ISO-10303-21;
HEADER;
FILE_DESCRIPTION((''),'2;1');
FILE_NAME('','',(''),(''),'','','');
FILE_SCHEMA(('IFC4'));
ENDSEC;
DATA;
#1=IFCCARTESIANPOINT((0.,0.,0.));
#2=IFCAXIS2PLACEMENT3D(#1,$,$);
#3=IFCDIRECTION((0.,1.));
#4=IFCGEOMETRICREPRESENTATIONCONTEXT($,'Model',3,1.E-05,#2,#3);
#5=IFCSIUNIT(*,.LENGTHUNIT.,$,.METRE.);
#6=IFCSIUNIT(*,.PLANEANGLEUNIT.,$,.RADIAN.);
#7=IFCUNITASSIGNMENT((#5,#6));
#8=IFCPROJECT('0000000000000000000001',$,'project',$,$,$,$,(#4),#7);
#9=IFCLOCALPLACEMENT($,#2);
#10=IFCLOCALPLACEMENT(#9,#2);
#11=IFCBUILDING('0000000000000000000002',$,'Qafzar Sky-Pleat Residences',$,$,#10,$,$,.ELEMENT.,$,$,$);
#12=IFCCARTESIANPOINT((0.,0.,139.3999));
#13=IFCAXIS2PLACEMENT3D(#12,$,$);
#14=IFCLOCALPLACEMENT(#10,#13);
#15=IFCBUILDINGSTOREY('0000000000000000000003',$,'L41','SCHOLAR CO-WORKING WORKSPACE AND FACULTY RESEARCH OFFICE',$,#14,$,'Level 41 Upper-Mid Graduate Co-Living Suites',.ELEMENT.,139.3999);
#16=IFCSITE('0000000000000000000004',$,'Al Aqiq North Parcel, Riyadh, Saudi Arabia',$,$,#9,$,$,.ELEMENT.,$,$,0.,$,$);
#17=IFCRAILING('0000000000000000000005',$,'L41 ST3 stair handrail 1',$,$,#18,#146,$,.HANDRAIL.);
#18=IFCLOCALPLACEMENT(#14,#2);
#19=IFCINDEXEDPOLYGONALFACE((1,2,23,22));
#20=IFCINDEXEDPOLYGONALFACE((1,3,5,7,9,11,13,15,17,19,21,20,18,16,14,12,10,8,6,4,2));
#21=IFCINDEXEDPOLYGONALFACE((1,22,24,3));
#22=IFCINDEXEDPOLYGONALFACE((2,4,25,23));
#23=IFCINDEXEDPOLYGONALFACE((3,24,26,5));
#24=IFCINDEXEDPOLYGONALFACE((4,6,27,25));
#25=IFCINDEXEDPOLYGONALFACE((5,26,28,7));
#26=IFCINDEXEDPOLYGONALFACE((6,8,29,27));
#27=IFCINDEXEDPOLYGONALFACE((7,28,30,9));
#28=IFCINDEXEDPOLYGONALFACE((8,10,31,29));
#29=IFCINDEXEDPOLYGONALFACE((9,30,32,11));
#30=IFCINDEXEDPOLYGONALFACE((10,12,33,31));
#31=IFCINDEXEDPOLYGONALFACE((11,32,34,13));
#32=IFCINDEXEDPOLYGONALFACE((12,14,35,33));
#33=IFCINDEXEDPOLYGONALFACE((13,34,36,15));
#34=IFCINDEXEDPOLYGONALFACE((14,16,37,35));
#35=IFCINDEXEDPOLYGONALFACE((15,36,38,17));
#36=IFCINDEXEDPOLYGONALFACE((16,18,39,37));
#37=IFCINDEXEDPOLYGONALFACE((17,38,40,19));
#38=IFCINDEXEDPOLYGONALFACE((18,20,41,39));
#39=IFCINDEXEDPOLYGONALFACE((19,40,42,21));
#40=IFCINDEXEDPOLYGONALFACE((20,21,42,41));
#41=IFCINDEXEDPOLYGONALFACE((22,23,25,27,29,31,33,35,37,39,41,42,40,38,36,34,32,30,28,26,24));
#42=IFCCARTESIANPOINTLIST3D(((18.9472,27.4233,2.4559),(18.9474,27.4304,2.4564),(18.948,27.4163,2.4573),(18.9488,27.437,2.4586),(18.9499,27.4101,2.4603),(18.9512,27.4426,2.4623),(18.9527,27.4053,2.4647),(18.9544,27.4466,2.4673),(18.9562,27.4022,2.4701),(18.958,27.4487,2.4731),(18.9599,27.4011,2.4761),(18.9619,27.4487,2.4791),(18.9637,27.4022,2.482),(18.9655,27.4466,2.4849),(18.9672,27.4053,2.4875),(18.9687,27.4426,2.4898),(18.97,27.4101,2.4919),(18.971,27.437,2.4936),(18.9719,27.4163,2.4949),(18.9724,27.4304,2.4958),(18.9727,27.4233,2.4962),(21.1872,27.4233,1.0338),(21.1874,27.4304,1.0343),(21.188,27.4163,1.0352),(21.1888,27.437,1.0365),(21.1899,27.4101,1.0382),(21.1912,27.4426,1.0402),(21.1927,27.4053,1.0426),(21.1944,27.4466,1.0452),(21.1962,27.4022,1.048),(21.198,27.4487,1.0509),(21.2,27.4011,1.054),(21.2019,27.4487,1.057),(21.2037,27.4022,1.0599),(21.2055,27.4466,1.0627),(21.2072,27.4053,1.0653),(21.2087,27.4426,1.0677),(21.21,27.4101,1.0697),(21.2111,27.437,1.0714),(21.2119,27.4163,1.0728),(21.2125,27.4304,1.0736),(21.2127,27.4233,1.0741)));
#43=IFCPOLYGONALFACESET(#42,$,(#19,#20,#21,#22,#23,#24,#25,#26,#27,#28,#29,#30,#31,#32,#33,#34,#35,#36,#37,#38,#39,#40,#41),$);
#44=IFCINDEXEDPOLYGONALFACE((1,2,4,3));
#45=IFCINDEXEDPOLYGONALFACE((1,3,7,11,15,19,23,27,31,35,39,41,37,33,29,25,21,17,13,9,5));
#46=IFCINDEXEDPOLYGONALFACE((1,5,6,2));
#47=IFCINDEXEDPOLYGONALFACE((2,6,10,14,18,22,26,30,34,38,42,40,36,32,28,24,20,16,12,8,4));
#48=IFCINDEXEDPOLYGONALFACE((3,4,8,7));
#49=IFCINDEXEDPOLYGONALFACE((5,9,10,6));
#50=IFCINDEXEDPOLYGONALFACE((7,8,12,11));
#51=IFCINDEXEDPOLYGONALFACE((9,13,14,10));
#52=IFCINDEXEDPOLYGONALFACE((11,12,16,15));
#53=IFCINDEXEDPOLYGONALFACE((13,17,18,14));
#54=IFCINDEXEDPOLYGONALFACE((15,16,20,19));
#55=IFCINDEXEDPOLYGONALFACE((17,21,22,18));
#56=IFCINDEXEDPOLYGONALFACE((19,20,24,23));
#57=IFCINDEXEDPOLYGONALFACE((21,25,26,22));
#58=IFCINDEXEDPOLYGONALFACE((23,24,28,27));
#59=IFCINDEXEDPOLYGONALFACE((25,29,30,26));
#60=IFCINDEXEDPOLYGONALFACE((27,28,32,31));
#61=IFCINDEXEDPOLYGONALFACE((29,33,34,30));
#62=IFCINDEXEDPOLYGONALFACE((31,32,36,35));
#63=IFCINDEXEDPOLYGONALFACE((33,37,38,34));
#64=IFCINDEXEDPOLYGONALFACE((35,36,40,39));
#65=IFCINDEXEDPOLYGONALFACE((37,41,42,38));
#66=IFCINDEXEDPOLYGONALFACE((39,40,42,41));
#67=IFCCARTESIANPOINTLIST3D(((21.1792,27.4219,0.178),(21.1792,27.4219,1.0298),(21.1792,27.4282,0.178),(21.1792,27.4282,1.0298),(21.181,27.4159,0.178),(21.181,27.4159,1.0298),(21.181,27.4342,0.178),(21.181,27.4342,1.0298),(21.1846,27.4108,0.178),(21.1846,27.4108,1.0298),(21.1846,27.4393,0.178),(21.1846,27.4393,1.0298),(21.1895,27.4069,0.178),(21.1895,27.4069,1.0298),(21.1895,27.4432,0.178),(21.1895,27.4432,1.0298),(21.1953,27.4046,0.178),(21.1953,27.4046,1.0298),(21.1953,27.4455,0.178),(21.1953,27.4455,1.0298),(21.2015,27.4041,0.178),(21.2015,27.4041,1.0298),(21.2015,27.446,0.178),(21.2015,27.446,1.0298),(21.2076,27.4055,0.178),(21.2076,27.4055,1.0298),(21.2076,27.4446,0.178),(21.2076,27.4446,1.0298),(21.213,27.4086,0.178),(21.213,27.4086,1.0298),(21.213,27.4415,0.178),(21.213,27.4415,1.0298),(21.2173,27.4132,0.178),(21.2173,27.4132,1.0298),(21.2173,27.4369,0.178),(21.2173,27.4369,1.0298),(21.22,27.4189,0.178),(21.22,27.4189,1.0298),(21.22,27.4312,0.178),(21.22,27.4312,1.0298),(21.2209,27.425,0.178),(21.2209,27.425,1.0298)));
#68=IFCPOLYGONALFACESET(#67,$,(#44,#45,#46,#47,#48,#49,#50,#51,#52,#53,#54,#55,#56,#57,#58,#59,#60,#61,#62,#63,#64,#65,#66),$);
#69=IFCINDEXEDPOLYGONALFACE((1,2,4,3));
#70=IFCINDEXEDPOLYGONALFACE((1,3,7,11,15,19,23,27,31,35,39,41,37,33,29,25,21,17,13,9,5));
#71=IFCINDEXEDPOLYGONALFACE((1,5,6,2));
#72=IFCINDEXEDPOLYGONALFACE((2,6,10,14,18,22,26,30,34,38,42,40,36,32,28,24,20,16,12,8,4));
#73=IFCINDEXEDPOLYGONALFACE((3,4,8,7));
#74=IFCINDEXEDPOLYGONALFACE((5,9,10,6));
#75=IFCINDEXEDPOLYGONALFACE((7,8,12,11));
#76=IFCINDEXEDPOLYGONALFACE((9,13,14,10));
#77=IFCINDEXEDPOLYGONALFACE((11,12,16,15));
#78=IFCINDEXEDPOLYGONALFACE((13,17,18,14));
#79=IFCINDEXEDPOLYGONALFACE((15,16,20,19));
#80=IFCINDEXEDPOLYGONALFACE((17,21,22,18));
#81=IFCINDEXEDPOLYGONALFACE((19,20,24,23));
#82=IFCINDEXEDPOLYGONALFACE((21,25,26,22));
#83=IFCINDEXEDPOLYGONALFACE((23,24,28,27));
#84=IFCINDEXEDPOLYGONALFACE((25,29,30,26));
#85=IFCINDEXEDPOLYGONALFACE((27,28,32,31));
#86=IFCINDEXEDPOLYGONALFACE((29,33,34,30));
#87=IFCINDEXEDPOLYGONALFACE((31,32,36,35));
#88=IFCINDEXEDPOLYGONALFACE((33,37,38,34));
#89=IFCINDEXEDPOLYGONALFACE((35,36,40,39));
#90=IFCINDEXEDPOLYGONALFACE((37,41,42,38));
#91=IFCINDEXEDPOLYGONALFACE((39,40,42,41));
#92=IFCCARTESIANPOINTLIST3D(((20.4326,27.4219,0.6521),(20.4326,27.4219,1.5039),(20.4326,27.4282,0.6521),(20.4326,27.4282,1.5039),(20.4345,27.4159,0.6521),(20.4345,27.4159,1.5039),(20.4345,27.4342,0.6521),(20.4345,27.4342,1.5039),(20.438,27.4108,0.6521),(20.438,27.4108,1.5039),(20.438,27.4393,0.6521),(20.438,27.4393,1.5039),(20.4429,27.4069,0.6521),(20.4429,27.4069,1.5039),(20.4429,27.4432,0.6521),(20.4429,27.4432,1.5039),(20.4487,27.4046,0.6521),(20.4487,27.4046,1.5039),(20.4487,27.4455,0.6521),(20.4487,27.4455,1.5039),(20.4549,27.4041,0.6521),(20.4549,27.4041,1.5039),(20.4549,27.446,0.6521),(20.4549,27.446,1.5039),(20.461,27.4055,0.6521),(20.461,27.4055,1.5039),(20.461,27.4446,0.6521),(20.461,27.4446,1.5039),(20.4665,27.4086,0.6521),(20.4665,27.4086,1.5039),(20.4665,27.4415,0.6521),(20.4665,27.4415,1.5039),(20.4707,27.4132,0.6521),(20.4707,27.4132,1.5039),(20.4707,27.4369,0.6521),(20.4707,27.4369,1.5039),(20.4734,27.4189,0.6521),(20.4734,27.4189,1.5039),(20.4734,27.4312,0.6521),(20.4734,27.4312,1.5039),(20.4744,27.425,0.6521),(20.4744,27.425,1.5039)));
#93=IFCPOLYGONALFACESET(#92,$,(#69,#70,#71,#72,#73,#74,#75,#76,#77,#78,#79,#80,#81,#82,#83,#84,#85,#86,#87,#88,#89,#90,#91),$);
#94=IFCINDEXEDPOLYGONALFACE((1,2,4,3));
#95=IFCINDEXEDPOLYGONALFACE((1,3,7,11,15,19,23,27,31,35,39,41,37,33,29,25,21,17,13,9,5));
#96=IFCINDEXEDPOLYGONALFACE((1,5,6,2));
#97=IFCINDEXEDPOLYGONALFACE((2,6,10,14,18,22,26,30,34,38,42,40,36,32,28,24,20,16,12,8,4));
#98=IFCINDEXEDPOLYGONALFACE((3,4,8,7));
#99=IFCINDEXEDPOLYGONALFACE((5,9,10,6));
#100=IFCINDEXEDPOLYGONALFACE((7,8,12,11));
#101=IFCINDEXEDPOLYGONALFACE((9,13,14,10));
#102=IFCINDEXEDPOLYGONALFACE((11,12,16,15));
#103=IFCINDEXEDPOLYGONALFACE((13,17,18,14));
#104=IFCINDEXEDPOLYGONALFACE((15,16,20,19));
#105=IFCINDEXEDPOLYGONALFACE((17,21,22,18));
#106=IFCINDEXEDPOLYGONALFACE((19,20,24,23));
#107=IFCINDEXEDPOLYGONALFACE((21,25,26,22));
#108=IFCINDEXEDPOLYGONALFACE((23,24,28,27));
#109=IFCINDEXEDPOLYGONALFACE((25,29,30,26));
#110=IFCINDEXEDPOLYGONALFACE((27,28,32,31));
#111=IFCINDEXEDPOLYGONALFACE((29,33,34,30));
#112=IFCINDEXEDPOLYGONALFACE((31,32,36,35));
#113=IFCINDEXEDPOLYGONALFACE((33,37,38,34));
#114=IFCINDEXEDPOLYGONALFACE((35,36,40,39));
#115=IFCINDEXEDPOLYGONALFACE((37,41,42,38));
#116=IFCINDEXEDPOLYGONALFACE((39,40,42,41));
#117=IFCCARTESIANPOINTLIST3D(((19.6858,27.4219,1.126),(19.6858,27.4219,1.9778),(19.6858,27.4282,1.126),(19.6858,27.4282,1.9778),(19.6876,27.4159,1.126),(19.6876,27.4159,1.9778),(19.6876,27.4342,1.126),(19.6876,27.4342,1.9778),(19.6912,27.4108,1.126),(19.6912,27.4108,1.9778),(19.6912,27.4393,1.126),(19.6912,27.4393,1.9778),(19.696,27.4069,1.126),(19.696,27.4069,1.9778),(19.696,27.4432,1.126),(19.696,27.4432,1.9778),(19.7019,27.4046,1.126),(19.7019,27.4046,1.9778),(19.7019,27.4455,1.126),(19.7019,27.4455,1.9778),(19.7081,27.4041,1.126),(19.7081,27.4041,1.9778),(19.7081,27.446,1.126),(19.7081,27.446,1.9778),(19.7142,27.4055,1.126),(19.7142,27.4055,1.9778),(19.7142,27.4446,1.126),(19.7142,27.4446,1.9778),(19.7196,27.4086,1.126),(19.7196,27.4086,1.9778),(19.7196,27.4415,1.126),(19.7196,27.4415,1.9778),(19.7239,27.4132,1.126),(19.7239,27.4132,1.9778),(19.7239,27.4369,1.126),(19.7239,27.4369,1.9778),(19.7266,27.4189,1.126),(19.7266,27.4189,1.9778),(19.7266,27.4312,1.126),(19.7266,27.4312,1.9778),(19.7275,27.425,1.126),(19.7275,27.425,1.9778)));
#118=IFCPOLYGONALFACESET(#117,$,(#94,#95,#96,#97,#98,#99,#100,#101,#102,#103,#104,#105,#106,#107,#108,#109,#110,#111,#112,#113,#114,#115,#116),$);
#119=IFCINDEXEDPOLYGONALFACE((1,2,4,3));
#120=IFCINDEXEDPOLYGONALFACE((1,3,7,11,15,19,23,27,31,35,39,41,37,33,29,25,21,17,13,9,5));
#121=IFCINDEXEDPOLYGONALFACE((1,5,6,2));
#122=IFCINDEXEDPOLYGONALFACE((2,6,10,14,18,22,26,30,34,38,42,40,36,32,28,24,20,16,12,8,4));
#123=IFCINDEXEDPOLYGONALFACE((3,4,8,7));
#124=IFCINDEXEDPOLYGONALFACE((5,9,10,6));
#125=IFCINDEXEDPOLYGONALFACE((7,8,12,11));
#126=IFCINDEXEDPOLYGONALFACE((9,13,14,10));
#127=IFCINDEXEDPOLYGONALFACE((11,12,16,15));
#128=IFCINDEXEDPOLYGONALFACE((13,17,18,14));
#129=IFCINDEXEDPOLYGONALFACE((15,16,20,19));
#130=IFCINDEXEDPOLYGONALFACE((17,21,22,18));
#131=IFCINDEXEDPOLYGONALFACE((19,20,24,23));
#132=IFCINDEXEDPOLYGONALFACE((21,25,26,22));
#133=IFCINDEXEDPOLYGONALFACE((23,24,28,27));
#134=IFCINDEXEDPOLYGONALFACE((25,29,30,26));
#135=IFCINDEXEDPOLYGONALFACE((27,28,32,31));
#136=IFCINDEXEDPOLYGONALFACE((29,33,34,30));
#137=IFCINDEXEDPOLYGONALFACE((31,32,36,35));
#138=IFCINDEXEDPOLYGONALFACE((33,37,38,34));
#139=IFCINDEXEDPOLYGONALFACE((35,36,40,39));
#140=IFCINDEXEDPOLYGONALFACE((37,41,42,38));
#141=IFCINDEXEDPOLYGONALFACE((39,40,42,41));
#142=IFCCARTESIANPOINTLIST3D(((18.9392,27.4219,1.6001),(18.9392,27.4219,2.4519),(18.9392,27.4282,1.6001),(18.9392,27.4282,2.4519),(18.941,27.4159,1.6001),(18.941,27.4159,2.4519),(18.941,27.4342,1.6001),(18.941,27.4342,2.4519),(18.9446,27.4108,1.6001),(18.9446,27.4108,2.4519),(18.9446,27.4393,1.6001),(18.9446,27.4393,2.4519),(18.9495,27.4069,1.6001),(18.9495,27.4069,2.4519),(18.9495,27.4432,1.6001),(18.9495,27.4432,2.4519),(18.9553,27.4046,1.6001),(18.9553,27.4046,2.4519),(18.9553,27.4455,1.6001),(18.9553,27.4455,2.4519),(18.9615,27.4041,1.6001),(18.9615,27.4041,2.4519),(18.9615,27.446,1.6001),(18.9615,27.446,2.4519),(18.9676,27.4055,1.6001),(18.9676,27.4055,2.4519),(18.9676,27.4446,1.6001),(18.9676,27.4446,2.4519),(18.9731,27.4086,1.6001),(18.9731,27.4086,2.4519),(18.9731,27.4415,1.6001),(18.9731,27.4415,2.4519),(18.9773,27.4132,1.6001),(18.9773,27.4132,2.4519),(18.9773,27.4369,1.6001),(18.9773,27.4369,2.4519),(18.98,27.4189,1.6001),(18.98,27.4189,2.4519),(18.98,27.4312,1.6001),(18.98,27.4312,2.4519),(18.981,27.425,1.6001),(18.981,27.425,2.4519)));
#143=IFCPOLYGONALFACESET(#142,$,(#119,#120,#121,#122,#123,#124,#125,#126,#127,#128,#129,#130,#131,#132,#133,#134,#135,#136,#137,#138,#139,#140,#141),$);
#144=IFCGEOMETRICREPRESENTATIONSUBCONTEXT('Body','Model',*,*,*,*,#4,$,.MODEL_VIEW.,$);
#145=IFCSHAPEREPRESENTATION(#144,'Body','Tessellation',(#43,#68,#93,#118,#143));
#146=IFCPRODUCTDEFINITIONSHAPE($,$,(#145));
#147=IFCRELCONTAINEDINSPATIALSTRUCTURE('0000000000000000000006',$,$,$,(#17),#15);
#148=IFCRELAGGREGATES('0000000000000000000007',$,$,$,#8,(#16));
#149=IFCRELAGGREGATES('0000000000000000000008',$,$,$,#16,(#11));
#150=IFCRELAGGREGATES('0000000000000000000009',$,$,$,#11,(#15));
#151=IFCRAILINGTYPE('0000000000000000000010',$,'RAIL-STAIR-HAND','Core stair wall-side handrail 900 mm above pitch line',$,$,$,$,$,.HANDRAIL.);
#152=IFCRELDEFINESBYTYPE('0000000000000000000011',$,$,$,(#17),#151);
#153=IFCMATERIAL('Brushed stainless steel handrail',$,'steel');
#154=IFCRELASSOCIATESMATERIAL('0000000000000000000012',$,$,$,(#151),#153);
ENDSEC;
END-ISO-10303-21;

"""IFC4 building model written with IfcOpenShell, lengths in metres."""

from ifc_helpers import new_model, si_unit, direction, frame, origin, origin_2d, place, context, subcontext, project, spatial, circle, extrude, source, transform, mapped, material, type_object, element, save


model = new_model("IFC4")

# Units and contexts
model_context = context("Model", 3, precision=1e-05, world=origin(), true_north=direction((0.0, 1.0)))
body_context = subcontext(model_context, "Body", "Model", "MODEL_VIEW")
ifc_project = project(units=[si_unit("LENGTHUNIT", "METRE"), si_unit("PLANEANGLEUNIT", "RADIAN")], contexts=[model_context])

# Site, building, storey
site_placement = place(None, origin())
site = spatial("IfcSite", under=ifc_project, at=site_placement, Name="Al Aqiq North Parcel, Riyadh, Saudi Arabia", CompositionType="ELEMENT", RefElevation=0.0)
building_placement = place(site_placement, origin())
building = spatial("IfcBuilding", under=site, at=building_placement, Name="Qafzar Sky-Pleat Residences", CompositionType="ELEMENT")
storey_placement = place(building_placement, frame((0.0, 0.0, 139.3999)))
storey = spatial("IfcBuildingStorey", under=building, at=storey_placement, Name="L41", Description="SCHOLAR CO-WORKING WORKSPACE AND FACULTY RESEARCH OFFICE", LongName="Level 41 Upper-Mid Graduate Co-Living Suites", CompositionType="ELEMENT", Elevation=139.3999)

# Railing
ifc_material_1 = material(Name="Brushed stainless steel handrail", Category="steel")
railing_type = type_object("IfcRailingType", Name="RAIL-STAIR-HAND", Description="Core stair wall-side handrail 900 mm above pitch line", PredefinedType="HANDRAIL", material=ifc_material_1)
shared_shape_1 = source(origin(), body_context, "Body", "SweptSolid", [
    extrude(circle(Radius=0.0239, at=origin_2d()), frame((0.0, 0.0, 0.876), z_axis=(-0.844229, 0.0, 0.535982), x_axis=(0.0, -1.0, 0.0)), (0.0, 0.0, 1.0), 2.6533),
    extrude(circle(Radius=0.021, at=origin_2d()), origin(), (0.0, 0.0, 1.0), 0.8518),
    extrude(circle(Radius=0.021, at=origin_2d()), frame((-0.7466, 0.0, 0.4741)), (0.0, 0.0, 1.0), 0.8518),
    extrude(circle(Radius=0.021, at=origin_2d()), frame((-1.4934, 0.0, 0.948)), (0.0, 0.0, 1.0), 0.8518),
    extrude(circle(Radius=0.021, at=origin_2d()), frame((-2.24, 0.0, 1.4221)), (0.0, 0.0, 1.0), 0.8518),
])
railing_placement = place(storey_placement, frame((21.2, 27.425, 0.178)))
element("IfcRailing", 1, at=railing_placement, inside=storey, type_object=railing_type, Name="L41 ST3 stair handrail 1", PredefinedType="HANDRAIL", context=body_context, shape_type="MappedRepresentation", body=[
    mapped(shared_shape_1, transform((0.0, 0.0, 0.0), x_axis=(1.0, 0.0, 0.0), y_axis=(0.0, 1.0, 0.0), z_axis=(0.0, 0.0, 1.0), scale=1.0)),
])

save(model, "model.ifc")
